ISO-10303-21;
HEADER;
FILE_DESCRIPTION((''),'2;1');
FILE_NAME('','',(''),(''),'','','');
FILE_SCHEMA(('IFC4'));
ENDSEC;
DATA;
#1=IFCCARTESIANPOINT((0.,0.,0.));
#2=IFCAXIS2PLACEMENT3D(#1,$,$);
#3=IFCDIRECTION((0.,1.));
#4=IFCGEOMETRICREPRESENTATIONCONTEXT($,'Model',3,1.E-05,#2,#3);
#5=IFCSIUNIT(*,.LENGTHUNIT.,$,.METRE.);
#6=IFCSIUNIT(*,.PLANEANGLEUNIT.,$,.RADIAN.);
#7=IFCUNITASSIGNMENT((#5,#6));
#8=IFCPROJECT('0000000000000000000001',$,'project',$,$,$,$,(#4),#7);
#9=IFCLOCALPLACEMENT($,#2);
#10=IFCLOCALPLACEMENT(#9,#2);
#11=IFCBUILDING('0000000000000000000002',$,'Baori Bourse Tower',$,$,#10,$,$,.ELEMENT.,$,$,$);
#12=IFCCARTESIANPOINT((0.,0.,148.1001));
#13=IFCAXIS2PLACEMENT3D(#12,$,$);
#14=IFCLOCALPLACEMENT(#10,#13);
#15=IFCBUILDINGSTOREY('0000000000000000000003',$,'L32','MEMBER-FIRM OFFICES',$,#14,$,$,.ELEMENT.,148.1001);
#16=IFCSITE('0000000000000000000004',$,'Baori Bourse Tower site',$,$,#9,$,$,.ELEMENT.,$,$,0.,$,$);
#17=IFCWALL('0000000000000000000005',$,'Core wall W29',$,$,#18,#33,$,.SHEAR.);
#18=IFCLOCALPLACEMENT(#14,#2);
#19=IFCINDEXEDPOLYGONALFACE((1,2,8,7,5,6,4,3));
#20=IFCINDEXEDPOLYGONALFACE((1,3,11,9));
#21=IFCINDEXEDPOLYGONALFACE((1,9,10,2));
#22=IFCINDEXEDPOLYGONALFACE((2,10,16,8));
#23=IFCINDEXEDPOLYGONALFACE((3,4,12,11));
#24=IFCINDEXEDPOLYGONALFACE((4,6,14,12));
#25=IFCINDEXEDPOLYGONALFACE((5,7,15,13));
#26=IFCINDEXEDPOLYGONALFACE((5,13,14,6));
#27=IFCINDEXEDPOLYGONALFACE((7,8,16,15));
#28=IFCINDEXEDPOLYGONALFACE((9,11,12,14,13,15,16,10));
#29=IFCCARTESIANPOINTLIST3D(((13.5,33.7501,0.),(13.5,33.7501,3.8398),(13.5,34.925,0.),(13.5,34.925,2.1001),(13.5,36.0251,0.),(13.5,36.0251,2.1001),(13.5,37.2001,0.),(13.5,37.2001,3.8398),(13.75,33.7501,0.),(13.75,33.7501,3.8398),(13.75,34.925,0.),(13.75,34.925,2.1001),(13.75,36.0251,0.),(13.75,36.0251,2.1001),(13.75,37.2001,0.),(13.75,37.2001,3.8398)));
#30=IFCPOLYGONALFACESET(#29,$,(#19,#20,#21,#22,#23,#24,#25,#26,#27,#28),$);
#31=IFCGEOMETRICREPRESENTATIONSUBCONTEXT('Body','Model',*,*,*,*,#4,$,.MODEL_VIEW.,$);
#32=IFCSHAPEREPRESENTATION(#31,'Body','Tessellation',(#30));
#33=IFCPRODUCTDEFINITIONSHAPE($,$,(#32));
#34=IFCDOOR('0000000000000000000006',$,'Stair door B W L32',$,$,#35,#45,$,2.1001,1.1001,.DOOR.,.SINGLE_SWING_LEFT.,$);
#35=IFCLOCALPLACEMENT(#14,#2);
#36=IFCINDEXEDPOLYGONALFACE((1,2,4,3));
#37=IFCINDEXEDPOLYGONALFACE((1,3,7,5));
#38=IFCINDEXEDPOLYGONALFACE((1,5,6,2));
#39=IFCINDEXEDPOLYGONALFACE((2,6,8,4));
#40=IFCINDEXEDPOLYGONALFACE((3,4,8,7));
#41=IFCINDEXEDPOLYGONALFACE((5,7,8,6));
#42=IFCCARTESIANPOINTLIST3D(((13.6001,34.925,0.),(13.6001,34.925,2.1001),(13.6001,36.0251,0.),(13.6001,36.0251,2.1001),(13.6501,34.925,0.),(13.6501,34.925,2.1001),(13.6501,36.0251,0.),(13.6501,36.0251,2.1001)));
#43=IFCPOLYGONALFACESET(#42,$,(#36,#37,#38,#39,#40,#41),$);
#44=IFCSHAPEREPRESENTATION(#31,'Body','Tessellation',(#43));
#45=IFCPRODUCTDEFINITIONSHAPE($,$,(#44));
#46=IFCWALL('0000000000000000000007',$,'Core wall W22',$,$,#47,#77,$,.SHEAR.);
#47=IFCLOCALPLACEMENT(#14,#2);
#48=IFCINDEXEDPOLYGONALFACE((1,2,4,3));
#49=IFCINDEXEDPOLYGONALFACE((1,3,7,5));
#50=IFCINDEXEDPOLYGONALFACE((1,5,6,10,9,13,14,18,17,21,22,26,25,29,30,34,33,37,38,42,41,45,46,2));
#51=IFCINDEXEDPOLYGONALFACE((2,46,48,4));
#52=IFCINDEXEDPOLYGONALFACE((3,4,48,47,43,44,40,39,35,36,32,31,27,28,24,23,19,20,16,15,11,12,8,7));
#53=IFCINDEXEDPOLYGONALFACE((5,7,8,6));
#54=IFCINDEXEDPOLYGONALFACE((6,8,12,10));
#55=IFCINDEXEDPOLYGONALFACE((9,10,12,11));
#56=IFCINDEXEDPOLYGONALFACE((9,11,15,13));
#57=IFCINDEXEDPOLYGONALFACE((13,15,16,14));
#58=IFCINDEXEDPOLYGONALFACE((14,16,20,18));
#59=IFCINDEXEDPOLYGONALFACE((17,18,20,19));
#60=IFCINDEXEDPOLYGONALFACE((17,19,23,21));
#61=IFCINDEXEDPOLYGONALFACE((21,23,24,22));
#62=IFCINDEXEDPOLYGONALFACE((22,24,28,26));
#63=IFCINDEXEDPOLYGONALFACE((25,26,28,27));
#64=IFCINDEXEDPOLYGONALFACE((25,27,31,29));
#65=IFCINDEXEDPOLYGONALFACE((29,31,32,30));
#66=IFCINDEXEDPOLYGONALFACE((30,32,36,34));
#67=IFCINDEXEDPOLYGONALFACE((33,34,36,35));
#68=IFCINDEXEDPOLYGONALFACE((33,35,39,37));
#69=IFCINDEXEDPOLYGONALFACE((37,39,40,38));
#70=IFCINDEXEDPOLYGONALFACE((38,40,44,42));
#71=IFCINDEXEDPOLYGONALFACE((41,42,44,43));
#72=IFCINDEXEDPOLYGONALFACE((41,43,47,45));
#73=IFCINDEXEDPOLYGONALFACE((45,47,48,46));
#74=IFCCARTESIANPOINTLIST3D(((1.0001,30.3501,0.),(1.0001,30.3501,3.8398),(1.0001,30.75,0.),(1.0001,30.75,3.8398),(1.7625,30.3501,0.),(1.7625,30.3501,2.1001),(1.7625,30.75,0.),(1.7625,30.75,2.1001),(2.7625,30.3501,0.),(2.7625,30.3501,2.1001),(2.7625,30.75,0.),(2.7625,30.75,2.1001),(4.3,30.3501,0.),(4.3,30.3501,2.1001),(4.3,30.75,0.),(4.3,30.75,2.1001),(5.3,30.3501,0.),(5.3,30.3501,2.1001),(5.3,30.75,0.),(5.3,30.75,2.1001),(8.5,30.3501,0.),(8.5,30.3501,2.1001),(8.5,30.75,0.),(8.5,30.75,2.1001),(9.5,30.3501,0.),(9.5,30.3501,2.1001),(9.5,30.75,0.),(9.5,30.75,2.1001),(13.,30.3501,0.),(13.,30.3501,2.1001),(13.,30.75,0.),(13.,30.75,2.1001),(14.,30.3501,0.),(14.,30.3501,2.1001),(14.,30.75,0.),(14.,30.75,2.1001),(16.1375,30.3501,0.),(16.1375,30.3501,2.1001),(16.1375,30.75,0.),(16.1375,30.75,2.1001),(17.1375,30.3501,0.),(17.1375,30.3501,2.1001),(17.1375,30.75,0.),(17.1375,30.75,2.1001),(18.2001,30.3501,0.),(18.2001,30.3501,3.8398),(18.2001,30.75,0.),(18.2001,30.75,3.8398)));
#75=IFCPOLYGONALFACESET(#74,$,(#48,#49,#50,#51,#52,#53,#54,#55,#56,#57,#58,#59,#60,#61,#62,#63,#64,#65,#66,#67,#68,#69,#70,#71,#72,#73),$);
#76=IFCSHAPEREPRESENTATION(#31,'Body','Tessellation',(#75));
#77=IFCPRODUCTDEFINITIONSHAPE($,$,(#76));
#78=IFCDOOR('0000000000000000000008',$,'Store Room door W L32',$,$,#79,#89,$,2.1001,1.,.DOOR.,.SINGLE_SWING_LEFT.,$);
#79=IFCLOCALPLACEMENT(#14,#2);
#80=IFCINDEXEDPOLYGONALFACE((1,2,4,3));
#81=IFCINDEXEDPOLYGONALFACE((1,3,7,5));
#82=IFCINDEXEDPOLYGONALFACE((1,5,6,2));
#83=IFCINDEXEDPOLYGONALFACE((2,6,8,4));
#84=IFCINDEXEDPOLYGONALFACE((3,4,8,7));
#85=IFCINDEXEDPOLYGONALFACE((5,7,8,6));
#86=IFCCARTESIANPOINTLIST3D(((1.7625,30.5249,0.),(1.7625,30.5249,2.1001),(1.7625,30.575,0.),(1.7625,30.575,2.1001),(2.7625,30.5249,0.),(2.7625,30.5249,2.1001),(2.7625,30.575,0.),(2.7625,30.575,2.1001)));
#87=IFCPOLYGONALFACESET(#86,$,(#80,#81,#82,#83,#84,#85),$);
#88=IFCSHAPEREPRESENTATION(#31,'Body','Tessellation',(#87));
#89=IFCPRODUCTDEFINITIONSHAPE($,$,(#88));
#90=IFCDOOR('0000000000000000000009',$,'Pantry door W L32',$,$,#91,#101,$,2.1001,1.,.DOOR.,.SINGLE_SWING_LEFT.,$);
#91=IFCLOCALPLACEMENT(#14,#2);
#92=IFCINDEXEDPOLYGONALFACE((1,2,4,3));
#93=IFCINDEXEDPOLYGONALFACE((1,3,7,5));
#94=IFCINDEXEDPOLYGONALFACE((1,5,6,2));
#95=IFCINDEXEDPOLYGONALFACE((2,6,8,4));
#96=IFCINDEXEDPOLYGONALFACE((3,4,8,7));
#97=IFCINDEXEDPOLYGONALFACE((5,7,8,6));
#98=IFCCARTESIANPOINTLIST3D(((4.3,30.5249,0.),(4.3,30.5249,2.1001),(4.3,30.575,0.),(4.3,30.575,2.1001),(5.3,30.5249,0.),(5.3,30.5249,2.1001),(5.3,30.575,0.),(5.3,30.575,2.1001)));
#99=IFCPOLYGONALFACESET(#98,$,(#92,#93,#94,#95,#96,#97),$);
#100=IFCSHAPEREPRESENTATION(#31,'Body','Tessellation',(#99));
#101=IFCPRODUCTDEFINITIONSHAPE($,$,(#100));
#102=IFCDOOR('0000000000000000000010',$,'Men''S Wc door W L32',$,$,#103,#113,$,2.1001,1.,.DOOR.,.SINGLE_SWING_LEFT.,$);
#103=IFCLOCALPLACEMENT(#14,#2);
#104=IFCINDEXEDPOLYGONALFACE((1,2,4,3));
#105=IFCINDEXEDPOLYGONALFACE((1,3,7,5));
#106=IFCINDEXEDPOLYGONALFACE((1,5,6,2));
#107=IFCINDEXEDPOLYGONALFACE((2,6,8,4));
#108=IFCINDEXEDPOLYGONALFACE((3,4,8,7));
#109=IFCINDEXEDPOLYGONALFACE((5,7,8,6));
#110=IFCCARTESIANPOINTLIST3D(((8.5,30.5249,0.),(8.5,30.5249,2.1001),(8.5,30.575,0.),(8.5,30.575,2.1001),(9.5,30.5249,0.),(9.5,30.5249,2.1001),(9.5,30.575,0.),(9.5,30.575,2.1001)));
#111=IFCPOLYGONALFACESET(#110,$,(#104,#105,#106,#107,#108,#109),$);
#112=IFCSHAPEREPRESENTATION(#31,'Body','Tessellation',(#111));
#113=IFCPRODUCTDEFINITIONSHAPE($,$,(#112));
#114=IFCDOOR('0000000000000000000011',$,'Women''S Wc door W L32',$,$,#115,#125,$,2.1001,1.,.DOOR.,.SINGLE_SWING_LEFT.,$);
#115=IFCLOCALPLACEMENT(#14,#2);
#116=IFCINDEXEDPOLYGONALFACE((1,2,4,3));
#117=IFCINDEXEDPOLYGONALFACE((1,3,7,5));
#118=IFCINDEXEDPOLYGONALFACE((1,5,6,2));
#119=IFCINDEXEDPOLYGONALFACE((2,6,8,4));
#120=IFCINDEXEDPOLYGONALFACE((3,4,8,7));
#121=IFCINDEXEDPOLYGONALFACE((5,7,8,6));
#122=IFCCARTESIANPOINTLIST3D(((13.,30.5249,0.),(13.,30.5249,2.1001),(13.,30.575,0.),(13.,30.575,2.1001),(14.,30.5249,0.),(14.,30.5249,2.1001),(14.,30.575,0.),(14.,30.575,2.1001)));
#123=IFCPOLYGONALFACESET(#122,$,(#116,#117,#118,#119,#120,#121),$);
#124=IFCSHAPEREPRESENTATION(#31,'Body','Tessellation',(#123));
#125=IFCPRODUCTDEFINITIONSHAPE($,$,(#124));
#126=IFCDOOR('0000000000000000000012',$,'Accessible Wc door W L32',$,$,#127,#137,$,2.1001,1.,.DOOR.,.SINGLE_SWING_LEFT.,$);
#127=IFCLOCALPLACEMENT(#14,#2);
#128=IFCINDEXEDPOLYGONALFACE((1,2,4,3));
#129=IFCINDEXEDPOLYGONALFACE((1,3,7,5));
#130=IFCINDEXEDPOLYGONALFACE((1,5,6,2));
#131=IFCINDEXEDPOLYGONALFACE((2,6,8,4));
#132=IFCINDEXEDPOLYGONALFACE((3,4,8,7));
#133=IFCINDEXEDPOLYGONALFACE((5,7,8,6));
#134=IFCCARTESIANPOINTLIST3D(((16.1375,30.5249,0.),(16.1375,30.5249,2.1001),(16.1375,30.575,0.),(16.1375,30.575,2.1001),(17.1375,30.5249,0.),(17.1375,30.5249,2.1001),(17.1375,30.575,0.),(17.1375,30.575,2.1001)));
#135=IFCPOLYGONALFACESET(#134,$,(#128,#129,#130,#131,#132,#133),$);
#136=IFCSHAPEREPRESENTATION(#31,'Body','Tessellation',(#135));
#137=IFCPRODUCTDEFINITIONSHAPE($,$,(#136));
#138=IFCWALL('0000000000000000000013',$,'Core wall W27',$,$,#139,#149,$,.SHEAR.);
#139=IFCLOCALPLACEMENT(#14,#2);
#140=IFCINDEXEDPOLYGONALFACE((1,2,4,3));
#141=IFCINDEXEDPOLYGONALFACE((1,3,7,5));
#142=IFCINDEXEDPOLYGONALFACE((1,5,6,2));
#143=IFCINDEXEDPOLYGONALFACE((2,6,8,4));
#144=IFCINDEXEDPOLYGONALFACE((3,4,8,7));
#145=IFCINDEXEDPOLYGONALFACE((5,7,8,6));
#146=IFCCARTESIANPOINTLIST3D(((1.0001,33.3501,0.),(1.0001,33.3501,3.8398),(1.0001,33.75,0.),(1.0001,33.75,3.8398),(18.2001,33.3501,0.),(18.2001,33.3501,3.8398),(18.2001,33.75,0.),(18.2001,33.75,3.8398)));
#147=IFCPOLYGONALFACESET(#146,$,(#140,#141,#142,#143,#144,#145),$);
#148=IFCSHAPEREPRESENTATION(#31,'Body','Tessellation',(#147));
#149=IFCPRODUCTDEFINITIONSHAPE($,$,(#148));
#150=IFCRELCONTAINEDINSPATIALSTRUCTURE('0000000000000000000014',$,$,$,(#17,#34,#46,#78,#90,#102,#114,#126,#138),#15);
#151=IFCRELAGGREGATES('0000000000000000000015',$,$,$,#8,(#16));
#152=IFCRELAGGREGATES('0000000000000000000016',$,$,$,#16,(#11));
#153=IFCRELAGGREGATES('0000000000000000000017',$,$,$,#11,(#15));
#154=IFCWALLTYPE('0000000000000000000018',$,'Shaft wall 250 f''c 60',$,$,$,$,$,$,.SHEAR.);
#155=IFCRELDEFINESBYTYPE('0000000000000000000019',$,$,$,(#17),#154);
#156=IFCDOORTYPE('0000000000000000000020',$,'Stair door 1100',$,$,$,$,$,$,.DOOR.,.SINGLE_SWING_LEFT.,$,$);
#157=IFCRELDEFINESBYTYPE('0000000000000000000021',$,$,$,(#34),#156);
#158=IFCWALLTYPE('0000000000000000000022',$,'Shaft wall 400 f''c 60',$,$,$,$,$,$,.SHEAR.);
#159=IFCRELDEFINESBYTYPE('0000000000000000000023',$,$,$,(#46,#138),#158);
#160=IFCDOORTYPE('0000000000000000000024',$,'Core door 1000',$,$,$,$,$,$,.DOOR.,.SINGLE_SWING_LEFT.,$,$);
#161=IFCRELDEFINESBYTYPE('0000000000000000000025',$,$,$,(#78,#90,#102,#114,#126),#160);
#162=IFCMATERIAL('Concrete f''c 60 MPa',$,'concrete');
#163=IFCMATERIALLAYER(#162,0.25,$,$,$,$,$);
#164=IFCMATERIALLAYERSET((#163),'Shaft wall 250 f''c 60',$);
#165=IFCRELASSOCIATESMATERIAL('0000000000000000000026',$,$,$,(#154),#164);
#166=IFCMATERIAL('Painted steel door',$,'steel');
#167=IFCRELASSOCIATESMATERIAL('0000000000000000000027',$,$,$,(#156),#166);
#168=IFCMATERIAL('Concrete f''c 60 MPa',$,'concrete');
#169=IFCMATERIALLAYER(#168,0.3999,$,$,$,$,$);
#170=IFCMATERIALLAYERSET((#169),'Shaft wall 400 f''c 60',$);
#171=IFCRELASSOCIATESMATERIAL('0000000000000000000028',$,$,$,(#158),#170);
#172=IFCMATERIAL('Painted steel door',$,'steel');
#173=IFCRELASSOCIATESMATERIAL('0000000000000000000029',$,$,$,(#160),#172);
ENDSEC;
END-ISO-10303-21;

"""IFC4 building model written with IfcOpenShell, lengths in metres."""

from ifc_helpers import new_model, si_unit, direction, frame, frame_2d, origin, place, context, subcontext, project, spatial, rectangle, extrude, material, layer, layer_set, type_object, element, fill, save


model = new_model("IFC4")

# Units and contexts
model_context = context("Model", 3, precision=1e-05, world=origin(), true_north=direction((0.0, 1.0)))
body_context = subcontext(model_context, "Body", "Model", "MODEL_VIEW")
ifc_project = project(units=[si_unit("LENGTHUNIT", "METRE"), si_unit("PLANEANGLEUNIT", "RADIAN")], contexts=[model_context])

# Site, building, storey
site_placement = place(None, origin())
site = spatial("IfcSite", under=ifc_project, at=site_placement, Name="Baori Bourse Tower site", CompositionType="ELEMENT", RefElevation=0.0)
building_placement = place(site_placement, origin())
building = spatial("IfcBuilding", under=site, at=building_placement, Name="Baori Bourse Tower", CompositionType="ELEMENT")
storey_placement = place(building_placement, frame((0.0, 0.0, 148.1001)))
storey = spatial("IfcBuildingStorey", under=building, at=storey_placement, Name="L32", Description="MEMBER-FIRM OFFICES", CompositionType="ELEMENT", Elevation=148.1001)

# Wall, opening, door
ifc_material_1 = material(Name="Concrete f'c 60 MPa", Category="concrete")
ifc_layer_1 = layer(ifc_material_1, 0.25)
ifc_layer_set_1 = layer_set([ifc_layer_1], Name="Shaft wall 250 f'c 60")
wall_type_1 = type_object("IfcWallType", Name="Shaft wall 250 f'c 60", PredefinedType="SHEAR", material=ifc_layer_set_1)
wall_1_placement = place(storey_placement, frame((13.625, 33.75, 0.0), z_axis=(0.0, 0.0, 1.0), x_axis=(0.0, 1.0, 0.0)))
wall_1 = element("IfcWall", 1, at=wall_1_placement, inside=storey, type_object=wall_type_1, Name="Core wall W29", PredefinedType="SHEAR", context=body_context, shape_type="SweptSolid", body=[
    extrude(rectangle(XDim=3.45, YDim=0.25, at=frame_2d((1.7251, 0.0))), origin(), (0.0, 0.0, 1.0), 3.8398),
])
opening_1_placement = place(wall_1_placement, frame((1.175, 0.0, 0.0)))
opening_1 = element("IfcOpeningElement", 2, at=opening_1_placement, cuts=wall_1, PredefinedType="OPENING", context=body_context, shape_type="SweptSolid", body=[
    extrude(rectangle(XDim=1.1001, YDim=2.1001, at=frame_2d((0.55, 1.05))), frame((0.0, 0.135, 0.0), z_axis=(0.0, -1.0, 0.0), x_axis=(1.0, 0.0, 0.0)), (0.0, 0.0, 1.0), 0.27),
])
ifc_material_2 = material(Name="Painted steel door", Category="steel")
door_type_1 = type_object("IfcDoorType", Name="Stair door 1100", OperationType="SINGLE_SWING_LEFT", PredefinedType="DOOR", material=ifc_material_2)
door_1_placement = place(opening_1_placement, origin())
door_1 = element("IfcDoor", 3, at=door_1_placement, inside=storey, type_object=door_type_1, Name="Stair door B W L32", OperationType="SINGLE_SWING_LEFT", OverallHeight=2.1001, OverallWidth=1.1001, PredefinedType="DOOR", context=body_context, shape_type="SweptSolid", body=[
    extrude(rectangle(XDim=1.1001, YDim=2.1001, at=frame_2d((0.55, 1.05))), frame((0.0, 0.0249, 0.0), z_axis=(0.0, -1.0, 0.0), x_axis=(1.0, 0.0, 0.0)), (0.0, 0.0, 1.0), 0.05),
])
fill(opening_1, door_1)

# Wall, openings, doors
ifc_material_3 = material(Name="Concrete f'c 60 MPa", Category="concrete")
ifc_layer_2 = layer(ifc_material_3, 0.3999)
ifc_layer_set_2 = layer_set([ifc_layer_2], Name="Shaft wall 400 f'c 60")
wall_type_2 = type_object("IfcWallType", Name="Shaft wall 400 f'c 60", PredefinedType="SHEAR", material=ifc_layer_set_2)
wall_2_placement = place(storey_placement, frame((1.0, 30.55, 0.0), z_axis=(0.0, 0.0, 1.0), x_axis=(1.0, 0.0, 0.0)))
wall_2 = element("IfcWall", 4, at=wall_2_placement, inside=storey, type_object=wall_type_2, Name="Core wall W22", PredefinedType="SHEAR", context=body_context, shape_type="SweptSolid", body=[
    extrude(rectangle(XDim=17.2, YDim=0.3999, at=frame_2d((8.6001, 0.0))), origin(), (0.0, 0.0, 1.0), 3.8398),
])
opening_2_placement = place(wall_2_placement, frame((0.7625, 0.0, 0.0)))
opening_2 = element("IfcOpeningElement", 5, at=opening_2_placement, cuts=wall_2, PredefinedType="OPENING", context=body_context, shape_type="SweptSolid", body=[
    extrude(rectangle(XDim=1.0, YDim=2.1001, at=frame_2d((0.5, 1.05))), frame((0.0, 0.21, 0.0), z_axis=(0.0, -1.0, 0.0), x_axis=(1.0, 0.0, 0.0)), (0.0, 0.0, 1.0), 0.4199),
])
opening_3_placement = place(wall_2_placement, frame((3.3, 0.0, 0.0)))
opening_3 = element("IfcOpeningElement", 6, at=opening_3_placement, cuts=wall_2, PredefinedType="OPENING", context=body_context, shape_type="SweptSolid", body=[
    extrude(rectangle(XDim=1.0, YDim=2.1001, at=frame_2d((0.5, 1.05))), frame((0.0, 0.21, 0.0), z_axis=(0.0, -1.0, 0.0), x_axis=(1.0, 0.0, 0.0)), (0.0, 0.0, 1.0), 0.4199),
])
opening_4_placement = place(wall_2_placement, frame((7.5, 0.0, 0.0)))
opening_4 = element("IfcOpeningElement", 7, at=opening_4_placement, cuts=wall_2, PredefinedType="OPENING", context=body_context, shape_type="SweptSolid", body=[
    extrude(rectangle(XDim=1.0, YDim=2.1001, at=frame_2d((0.5, 1.05))), frame((0.0, 0.21, 0.0), z_axis=(0.0, -1.0, 0.0), x_axis=(1.0, 0.0, 0.0)), (0.0, 0.0, 1.0), 0.4199),
])
opening_5_placement = place(wall_2_placement, frame((12.0, 0.0, 0.0)))
opening_5 = element("IfcOpeningElement", 8, at=opening_5_placement, cuts=wall_2, PredefinedType="OPENING", context=body_context, shape_type="SweptSolid", body=[
    extrude(rectangle(XDim=1.0, YDim=2.1001, at=frame_2d((0.5, 1.05))), frame((0.0, 0.21, 0.0), z_axis=(0.0, -1.0, 0.0), x_axis=(1.0, 0.0, 0.0)), (0.0, 0.0, 1.0), 0.4199),
])
opening_6_placement = place(wall_2_placement, frame((15.1375, 0.0, 0.0)))
opening_6 = element("IfcOpeningElement", 9, at=opening_6_placement, cuts=wall_2, PredefinedType="OPENING", context=body_context, shape_type="SweptSolid", body=[
    extrude(rectangle(XDim=1.0, YDim=2.1001, at=frame_2d((0.5, 1.05))), frame((0.0, 0.21, 0.0), z_axis=(0.0, -1.0, 0.0), x_axis=(1.0, 0.0, 0.0)), (0.0, 0.0, 1.0), 0.4199),
])
ifc_material_4 = material(Name="Painted steel door", Category="steel")
door_type_2 = type_object("IfcDoorType", Name="Core door 1000", OperationType="SINGLE_SWING_LEFT", PredefinedType="DOOR", material=ifc_material_4)
door_2_placement = place(opening_2_placement, origin())
door_2 = element("IfcDoor", 10, at=door_2_placement, inside=storey, type_object=door_type_2, Name="Store Room door W L32", OperationType="SINGLE_SWING_LEFT", OverallHeight=2.1001, OverallWidth=1.0, PredefinedType="DOOR", context=body_context, shape_type="SweptSolid", body=[
    extrude(rectangle(XDim=1.0, YDim=2.1001, at=frame_2d((0.5, 1.05))), frame((0.0, 0.0249, 0.0), z_axis=(0.0, -1.0, 0.0), x_axis=(1.0, 0.0, 0.0)), (0.0, 0.0, 1.0), 0.05),
])
fill(opening_2, door_2)
door_3_placement = place(opening_3_placement, origin())
door_3 = element("IfcDoor", 11, at=door_3_placement, inside=storey, type_object=door_type_2, Name="Pantry door W L32", OperationType="SINGLE_SWING_LEFT", OverallHeight=2.1001, OverallWidth=1.0, PredefinedType="DOOR", context=body_context, shape_type="SweptSolid", body=[
    extrude(rectangle(XDim=1.0, YDim=2.1001, at=frame_2d((0.5, 1.05))), frame((0.0, 0.0249, 0.0), z_axis=(0.0, -1.0, 0.0), x_axis=(1.0, 0.0, 0.0)), (0.0, 0.0, 1.0), 0.05),
])
fill(opening_3, door_3)
door_4_placement = place(opening_4_placement, origin())
door_4 = element("IfcDoor", 12, at=door_4_placement, inside=storey, type_object=door_type_2, Name="Men'S Wc door W L32", OperationType="SINGLE_SWING_LEFT", OverallHeight=2.1001, OverallWidth=1.0, PredefinedType="DOOR", context=body_context, shape_type="SweptSolid", body=[
    extrude(rectangle(XDim=1.0, YDim=2.1001, at=frame_2d((0.5, 1.05))), frame((0.0, 0.0249, 0.0), z_axis=(0.0, -1.0, 0.0), x_axis=(1.0, 0.0, 0.0)), (0.0, 0.0, 1.0), 0.05),
])
fill(opening_4, door_4)
door_5_placement = place(opening_5_placement, origin())
door_5 = element("IfcDoor", 13, at=door_5_placement, inside=storey, type_object=door_type_2, Name="Women'S Wc door W L32", OperationType="SINGLE_SWING_LEFT", OverallHeight=2.1001, OverallWidth=1.0, PredefinedType="DOOR", context=body_context, shape_type="SweptSolid", body=[
    extrude(rectangle(XDim=1.0, YDim=2.1001, at=frame_2d((0.5, 1.05))), frame((0.0, 0.0249, 0.0), z_axis=(0.0, -1.0, 0.0), x_axis=(1.0, 0.0, 0.0)), (0.0, 0.0, 1.0), 0.05),
])
fill(opening_5, door_5)
door_6_placement = place(opening_6_placement, origin())
door_6 = element("IfcDoor", 14, at=door_6_placement, inside=storey, type_object=door_type_2, Name="Accessible Wc door W L32", OperationType="SINGLE_SWING_LEFT", OverallHeight=2.1001, OverallWidth=1.0, PredefinedType="DOOR", context=body_context, shape_type="SweptSolid", body=[
    extrude(rectangle(XDim=1.0, YDim=2.1001, at=frame_2d((0.5, 1.05))), frame((0.0, 0.0249, 0.0), z_axis=(0.0, -1.0, 0.0), x_axis=(1.0, 0.0, 0.0)), (0.0, 0.0, 1.0), 0.05),
])
fill(opening_6, door_6)

# Wall
wall_3_placement = place(storey_placement, frame((1.0, 33.55, 0.0), z_axis=(0.0, 0.0, 1.0), x_axis=(1.0, 0.0, 0.0)))
element("IfcWall", 15, at=wall_3_placement, inside=storey, type_object=wall_type_2, Name="Core wall W27", PredefinedType="SHEAR", context=body_context, shape_type="SweptSolid", body=[
    extrude(rectangle(XDim=17.2, YDim=0.3999, at=frame_2d((8.6001, 0.0))), origin(), (0.0, 0.0, 1.0), 3.8398),
])

save(model, "model.ifc")
